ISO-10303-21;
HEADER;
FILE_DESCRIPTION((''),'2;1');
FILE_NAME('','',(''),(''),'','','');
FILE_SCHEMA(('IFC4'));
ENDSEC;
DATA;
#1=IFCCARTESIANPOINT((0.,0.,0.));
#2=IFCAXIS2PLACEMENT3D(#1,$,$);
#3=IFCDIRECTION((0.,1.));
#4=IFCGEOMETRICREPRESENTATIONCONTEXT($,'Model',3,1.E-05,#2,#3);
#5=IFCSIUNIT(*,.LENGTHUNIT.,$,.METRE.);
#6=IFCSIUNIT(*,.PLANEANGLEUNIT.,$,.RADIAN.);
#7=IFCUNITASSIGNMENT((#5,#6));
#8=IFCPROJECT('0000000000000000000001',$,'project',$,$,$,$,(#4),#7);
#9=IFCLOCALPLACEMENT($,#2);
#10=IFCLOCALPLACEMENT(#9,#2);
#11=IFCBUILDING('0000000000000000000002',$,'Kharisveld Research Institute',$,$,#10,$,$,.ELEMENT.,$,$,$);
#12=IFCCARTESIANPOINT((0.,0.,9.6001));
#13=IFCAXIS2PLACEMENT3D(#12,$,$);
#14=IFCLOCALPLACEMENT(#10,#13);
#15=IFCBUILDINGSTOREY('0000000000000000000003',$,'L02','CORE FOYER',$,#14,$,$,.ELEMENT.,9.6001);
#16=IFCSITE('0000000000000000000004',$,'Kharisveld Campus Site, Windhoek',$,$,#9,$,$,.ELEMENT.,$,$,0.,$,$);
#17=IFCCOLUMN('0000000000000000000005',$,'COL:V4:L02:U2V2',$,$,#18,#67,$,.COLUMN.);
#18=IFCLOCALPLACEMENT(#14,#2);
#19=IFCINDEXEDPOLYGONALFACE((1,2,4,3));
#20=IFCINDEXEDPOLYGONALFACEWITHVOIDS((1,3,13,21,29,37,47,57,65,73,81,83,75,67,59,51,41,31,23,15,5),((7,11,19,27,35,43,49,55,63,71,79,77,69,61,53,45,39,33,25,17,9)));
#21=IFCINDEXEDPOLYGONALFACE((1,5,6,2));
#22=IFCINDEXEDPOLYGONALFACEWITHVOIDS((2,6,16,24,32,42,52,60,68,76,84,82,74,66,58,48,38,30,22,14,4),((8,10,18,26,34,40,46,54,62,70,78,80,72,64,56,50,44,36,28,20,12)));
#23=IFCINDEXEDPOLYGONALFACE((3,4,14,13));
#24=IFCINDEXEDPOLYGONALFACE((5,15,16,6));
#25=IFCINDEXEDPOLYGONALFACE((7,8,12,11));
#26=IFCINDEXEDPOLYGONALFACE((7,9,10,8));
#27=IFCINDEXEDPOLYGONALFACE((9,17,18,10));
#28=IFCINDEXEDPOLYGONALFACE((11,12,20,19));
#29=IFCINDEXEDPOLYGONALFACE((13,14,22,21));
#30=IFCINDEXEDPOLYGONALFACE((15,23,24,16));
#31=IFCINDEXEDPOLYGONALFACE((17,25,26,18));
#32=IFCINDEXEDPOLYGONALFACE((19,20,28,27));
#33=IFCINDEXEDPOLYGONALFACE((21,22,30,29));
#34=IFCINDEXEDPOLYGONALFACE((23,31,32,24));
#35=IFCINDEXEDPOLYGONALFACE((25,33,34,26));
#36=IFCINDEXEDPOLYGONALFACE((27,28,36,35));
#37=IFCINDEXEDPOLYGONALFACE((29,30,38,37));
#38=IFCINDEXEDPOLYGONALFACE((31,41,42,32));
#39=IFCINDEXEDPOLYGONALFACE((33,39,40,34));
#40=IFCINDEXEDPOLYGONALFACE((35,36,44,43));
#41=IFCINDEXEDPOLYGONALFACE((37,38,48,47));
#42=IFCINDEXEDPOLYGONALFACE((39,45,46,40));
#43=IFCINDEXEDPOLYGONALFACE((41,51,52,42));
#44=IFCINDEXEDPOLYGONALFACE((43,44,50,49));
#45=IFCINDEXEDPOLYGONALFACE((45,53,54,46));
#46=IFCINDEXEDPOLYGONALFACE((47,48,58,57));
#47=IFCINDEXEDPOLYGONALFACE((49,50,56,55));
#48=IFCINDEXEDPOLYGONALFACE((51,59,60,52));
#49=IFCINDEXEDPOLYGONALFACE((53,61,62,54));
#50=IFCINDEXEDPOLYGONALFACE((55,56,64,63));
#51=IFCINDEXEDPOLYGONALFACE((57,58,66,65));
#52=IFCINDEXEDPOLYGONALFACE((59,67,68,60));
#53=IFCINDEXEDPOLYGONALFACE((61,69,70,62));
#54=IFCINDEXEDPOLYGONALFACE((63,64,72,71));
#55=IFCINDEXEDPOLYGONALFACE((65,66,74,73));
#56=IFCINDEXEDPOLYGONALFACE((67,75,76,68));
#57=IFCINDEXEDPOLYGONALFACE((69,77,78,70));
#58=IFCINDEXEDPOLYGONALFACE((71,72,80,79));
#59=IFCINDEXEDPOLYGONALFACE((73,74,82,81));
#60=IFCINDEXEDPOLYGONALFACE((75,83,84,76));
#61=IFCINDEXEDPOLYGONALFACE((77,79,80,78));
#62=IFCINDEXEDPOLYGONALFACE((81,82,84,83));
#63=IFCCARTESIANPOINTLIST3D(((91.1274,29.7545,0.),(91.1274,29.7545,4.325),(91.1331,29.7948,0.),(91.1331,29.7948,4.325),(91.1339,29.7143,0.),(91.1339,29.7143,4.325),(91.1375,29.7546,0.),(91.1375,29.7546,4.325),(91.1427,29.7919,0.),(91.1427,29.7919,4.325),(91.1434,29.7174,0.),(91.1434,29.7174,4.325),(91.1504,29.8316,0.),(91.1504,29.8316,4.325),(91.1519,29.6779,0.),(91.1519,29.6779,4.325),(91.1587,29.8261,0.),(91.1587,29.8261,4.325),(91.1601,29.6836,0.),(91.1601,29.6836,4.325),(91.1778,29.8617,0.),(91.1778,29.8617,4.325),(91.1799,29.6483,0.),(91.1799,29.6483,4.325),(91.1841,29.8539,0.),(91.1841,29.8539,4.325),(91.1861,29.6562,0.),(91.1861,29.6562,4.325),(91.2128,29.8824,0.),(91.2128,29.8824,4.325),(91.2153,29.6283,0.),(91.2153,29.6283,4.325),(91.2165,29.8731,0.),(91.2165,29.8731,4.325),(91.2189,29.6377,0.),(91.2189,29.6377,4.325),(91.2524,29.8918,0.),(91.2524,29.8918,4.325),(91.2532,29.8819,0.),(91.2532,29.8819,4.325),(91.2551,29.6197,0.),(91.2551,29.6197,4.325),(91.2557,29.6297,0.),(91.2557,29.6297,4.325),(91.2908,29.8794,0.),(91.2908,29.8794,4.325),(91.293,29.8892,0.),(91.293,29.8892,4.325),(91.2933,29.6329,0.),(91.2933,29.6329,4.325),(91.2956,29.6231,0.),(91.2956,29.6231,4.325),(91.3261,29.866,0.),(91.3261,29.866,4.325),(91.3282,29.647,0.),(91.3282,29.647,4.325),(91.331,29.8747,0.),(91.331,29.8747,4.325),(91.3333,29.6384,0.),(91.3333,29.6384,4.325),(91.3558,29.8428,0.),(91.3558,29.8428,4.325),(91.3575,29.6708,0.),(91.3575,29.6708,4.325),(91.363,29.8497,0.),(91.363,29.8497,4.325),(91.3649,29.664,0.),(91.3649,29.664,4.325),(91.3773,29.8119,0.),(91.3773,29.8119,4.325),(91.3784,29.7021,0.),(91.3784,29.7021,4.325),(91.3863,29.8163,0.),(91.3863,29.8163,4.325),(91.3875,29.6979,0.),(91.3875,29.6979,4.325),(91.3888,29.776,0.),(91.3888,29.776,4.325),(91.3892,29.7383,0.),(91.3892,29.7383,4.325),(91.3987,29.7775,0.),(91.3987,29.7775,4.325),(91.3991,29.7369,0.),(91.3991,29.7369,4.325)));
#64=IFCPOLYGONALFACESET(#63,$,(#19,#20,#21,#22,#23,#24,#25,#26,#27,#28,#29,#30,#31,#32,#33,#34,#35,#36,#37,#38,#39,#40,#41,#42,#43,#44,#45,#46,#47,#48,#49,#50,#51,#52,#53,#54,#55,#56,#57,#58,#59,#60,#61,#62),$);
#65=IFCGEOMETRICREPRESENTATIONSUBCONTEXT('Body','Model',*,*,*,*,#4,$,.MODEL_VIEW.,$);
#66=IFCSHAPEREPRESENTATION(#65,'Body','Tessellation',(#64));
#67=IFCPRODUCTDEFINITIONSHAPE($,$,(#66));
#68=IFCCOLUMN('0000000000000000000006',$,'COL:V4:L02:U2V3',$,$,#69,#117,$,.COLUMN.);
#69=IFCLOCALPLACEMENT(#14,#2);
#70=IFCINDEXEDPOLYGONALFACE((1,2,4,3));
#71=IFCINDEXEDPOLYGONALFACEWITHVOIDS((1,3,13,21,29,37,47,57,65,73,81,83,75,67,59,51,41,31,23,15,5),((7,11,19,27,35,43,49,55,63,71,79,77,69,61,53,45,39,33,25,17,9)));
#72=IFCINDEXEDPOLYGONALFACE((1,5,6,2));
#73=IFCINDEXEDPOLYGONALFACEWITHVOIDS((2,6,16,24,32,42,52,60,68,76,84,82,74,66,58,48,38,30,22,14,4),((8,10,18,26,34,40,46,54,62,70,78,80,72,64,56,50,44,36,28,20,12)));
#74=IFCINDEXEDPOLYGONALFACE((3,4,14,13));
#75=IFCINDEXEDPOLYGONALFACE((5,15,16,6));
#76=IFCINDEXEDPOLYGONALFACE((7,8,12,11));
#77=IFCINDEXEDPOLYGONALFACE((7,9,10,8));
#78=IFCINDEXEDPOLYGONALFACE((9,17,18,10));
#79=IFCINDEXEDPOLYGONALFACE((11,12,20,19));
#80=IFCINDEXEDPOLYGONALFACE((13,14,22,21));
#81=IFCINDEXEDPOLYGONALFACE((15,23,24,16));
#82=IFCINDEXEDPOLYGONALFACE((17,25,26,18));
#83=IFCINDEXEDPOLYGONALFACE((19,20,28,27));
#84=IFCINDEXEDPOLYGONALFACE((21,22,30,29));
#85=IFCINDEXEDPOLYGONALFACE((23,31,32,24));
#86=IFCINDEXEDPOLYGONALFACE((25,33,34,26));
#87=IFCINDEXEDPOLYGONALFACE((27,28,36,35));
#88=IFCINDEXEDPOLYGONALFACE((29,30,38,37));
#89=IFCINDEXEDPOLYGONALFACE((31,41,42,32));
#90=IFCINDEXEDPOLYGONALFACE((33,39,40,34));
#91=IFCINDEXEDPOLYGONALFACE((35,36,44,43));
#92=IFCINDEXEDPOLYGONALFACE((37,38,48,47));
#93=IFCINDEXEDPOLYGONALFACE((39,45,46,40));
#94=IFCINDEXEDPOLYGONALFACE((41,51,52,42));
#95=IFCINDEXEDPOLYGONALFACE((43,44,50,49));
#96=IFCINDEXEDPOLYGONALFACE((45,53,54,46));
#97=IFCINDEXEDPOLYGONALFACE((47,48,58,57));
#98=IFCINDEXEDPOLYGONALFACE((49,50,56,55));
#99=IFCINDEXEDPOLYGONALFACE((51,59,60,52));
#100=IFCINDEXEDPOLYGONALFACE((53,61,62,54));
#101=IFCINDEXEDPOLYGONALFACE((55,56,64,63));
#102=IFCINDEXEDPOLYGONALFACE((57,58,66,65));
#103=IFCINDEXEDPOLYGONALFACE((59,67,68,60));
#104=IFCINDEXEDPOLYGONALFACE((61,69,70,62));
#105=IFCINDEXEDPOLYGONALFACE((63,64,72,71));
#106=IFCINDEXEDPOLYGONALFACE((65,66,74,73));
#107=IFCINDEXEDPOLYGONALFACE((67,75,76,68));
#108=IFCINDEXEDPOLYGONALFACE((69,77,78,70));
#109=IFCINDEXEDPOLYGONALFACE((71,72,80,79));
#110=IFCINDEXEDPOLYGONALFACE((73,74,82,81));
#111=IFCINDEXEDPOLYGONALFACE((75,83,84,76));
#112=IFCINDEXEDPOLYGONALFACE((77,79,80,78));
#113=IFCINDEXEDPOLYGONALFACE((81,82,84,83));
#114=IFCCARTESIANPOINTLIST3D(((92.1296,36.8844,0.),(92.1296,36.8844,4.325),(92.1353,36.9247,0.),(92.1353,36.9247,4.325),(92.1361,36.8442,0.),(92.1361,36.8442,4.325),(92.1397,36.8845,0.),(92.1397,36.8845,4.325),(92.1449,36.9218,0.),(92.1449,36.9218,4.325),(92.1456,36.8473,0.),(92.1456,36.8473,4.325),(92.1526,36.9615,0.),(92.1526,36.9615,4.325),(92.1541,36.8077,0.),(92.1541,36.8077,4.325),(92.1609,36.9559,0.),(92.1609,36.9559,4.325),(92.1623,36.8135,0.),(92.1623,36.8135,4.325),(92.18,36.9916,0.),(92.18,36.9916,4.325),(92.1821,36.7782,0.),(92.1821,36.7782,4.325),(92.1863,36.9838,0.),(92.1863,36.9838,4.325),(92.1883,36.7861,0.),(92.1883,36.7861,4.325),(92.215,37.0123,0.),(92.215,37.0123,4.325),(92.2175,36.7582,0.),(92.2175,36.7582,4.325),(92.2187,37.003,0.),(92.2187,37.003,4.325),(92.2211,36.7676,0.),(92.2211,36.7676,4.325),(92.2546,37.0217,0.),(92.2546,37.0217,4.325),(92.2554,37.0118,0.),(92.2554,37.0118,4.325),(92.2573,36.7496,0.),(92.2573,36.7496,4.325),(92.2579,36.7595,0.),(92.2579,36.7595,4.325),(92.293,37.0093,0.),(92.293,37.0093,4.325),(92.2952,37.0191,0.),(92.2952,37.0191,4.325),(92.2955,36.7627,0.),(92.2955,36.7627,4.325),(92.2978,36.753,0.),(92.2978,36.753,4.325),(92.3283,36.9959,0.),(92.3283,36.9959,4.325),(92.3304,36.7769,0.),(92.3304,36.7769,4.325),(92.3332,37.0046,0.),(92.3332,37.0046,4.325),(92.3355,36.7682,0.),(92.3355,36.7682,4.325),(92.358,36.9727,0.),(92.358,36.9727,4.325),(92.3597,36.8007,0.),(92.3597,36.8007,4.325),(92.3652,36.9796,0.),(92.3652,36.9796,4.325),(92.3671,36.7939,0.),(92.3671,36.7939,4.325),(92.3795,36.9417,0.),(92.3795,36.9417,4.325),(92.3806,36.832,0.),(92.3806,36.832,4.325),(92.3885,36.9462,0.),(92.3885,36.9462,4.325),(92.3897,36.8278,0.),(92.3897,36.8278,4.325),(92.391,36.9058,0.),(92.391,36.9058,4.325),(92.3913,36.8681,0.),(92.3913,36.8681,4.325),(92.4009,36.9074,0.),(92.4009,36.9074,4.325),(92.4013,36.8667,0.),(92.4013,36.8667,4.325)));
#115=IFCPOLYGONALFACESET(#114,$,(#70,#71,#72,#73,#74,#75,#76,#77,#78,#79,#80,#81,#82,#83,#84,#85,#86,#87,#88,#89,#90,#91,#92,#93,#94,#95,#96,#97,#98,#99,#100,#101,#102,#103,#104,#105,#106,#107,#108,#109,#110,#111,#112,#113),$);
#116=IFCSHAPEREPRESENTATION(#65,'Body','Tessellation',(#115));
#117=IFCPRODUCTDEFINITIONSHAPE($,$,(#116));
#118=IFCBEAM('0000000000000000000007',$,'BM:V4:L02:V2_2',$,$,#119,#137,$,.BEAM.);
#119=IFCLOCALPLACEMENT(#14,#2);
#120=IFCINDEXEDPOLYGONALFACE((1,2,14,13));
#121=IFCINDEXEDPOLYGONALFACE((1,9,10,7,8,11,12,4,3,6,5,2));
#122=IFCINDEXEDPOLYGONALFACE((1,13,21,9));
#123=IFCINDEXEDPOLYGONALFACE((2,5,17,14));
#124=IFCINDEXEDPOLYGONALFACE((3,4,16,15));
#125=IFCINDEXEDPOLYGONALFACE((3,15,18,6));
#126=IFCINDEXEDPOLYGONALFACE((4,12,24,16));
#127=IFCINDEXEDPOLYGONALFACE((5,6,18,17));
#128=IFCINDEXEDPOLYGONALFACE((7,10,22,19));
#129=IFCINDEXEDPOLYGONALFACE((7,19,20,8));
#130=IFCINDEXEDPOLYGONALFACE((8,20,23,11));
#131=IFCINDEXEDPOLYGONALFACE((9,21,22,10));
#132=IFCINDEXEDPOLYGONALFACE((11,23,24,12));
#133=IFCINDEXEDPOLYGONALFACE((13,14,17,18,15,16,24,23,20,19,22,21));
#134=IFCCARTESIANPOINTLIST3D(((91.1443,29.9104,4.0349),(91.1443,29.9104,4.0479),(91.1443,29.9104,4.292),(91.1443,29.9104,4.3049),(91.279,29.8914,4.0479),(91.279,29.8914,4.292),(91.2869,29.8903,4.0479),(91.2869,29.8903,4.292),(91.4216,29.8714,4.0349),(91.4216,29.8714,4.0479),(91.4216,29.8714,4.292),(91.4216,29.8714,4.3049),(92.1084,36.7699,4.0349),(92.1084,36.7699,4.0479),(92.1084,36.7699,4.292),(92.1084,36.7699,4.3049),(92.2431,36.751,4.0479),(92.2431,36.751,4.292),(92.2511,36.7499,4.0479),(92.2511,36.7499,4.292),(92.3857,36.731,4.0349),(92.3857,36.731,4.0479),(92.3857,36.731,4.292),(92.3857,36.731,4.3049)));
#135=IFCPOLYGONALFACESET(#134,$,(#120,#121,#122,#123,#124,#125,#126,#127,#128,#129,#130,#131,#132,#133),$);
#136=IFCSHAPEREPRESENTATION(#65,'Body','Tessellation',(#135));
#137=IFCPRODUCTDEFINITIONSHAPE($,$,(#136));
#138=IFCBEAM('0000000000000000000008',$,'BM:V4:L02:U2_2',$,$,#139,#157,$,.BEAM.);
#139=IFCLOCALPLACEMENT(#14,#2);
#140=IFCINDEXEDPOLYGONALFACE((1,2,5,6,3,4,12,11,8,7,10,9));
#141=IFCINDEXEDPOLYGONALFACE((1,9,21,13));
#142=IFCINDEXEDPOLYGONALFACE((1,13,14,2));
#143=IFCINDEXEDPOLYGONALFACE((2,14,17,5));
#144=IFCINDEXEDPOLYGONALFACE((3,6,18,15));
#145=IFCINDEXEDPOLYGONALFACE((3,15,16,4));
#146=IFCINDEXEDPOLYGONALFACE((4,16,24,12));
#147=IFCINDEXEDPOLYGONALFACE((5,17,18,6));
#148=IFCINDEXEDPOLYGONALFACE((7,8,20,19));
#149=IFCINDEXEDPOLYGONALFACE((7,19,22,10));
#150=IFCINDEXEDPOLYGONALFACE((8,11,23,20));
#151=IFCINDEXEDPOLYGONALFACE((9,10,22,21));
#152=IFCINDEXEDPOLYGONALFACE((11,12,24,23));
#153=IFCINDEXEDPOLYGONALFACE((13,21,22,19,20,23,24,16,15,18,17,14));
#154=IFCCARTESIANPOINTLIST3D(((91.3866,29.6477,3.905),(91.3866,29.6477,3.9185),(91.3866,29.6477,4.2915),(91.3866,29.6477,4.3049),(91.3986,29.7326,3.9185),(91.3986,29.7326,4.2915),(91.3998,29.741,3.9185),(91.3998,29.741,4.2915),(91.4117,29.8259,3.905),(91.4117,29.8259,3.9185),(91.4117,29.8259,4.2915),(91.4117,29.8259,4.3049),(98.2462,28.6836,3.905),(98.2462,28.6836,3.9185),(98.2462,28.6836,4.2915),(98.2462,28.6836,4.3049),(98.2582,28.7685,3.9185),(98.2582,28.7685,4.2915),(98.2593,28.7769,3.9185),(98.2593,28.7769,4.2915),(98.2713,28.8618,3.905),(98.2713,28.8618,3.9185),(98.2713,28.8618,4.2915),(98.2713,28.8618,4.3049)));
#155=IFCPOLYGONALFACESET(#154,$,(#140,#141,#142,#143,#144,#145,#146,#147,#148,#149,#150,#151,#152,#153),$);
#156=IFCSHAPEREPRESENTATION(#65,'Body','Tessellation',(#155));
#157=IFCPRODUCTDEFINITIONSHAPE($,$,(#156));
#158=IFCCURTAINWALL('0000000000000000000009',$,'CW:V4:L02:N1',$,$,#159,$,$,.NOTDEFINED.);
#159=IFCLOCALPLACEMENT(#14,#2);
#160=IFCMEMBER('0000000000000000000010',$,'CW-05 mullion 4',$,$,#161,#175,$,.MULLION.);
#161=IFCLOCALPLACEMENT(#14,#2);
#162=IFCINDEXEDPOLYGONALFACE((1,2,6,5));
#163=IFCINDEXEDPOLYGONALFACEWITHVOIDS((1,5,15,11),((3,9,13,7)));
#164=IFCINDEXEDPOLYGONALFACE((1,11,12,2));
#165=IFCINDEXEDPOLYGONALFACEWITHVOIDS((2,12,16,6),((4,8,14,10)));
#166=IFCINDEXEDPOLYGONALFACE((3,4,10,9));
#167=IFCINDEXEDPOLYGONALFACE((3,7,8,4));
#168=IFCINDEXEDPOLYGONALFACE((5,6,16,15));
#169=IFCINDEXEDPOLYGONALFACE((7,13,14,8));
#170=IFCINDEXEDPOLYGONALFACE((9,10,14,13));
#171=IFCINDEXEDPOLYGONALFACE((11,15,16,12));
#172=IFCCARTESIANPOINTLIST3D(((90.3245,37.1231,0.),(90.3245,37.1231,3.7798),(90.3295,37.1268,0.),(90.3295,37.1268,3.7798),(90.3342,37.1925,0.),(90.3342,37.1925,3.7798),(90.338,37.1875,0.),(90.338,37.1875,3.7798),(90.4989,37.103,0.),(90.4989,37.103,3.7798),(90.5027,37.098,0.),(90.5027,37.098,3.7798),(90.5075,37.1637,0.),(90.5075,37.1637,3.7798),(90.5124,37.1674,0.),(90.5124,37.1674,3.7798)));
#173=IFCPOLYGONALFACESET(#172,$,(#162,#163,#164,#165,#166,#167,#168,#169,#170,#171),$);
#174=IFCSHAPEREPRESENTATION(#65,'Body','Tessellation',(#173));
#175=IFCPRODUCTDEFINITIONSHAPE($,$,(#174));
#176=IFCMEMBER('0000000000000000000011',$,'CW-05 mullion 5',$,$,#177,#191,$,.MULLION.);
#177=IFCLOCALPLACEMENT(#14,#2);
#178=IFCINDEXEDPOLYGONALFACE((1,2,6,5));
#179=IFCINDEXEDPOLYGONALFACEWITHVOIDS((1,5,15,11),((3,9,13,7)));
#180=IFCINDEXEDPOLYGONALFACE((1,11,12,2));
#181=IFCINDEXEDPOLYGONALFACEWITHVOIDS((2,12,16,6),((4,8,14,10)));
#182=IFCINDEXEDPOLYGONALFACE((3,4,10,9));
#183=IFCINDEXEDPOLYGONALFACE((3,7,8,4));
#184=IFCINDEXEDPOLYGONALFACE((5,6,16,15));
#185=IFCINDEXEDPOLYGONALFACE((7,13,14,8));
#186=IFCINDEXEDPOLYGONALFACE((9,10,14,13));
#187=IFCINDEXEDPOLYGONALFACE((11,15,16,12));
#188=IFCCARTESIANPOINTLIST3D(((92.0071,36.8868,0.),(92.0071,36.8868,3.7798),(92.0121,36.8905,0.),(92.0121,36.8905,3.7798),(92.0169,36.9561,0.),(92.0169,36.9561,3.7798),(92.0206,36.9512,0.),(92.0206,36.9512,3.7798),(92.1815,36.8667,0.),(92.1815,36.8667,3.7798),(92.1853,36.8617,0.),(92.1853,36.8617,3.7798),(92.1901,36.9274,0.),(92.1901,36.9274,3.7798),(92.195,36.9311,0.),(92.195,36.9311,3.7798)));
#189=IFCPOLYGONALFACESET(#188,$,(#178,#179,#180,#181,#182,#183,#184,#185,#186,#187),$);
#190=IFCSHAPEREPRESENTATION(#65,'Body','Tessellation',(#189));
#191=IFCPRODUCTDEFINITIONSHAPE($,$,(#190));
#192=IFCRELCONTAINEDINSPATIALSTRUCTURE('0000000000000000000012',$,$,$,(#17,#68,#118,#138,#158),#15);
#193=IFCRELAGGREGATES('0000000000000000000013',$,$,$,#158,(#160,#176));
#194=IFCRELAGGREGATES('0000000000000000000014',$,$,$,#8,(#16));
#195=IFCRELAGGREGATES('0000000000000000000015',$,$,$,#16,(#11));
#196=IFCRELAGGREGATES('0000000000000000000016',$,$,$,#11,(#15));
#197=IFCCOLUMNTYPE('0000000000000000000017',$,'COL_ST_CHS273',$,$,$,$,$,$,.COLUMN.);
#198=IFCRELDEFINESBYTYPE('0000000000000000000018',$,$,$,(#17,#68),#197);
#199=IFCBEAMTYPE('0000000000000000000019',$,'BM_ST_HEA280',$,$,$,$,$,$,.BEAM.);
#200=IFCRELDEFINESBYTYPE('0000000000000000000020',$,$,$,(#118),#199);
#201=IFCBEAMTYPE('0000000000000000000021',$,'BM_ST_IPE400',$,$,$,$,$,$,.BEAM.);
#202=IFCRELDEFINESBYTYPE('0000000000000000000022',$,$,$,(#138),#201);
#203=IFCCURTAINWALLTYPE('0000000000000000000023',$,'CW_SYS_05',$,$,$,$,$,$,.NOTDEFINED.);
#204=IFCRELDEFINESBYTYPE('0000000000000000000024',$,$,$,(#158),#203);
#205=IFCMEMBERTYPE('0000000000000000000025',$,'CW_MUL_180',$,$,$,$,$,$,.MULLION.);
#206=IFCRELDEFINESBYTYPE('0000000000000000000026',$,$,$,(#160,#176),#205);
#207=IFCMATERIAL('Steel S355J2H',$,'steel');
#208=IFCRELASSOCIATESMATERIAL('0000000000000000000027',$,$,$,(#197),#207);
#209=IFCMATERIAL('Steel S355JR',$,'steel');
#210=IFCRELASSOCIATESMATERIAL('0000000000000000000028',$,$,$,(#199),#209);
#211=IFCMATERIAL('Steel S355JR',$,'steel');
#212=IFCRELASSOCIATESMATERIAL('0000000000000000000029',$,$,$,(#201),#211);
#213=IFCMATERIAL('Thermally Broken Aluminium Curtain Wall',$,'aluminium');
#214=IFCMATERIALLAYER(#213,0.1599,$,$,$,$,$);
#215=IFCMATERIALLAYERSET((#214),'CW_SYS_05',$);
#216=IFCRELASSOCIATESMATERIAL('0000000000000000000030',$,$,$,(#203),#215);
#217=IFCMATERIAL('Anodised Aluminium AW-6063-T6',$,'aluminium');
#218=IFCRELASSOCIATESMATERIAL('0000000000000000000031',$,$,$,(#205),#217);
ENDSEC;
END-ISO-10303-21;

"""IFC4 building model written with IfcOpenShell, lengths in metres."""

from ifc_helpers import new_model, si_unit, direction, frame, origin, origin_2d, place, context, subcontext, project, spatial, hollow_rectangle, hollow_circle, i_section, extrude, material, layer, layer_set, material_profile, profile_set, type_object, element, aggregate, save


model = new_model("IFC4")

# Units and contexts
model_context = context("Model", 3, precision=1e-05, world=origin(), true_north=direction((0.0, 1.0)))
body_context = subcontext(model_context, "Body", "Model", "MODEL_VIEW")
ifc_project = project(units=[si_unit("LENGTHUNIT", "METRE"), si_unit("PLANEANGLEUNIT", "RADIAN")], contexts=[model_context])

# Site, building, storey
site_placement = place(None, origin())
site = spatial("IfcSite", under=ifc_project, at=site_placement, Name="Kharisveld Campus Site, Windhoek", CompositionType="ELEMENT", RefElevation=0.0)
building_placement = place(site_placement, origin())
building = spatial("IfcBuilding", under=site, at=building_placement, Name="Kharisveld Research Institute", CompositionType="ELEMENT")
storey_placement = place(building_placement, frame((0.0, 0.0, 9.6001)))
storey = spatial("IfcBuildingStorey", under=building, at=storey_placement, Name="L02", Description="CORE FOYER", CompositionType="ELEMENT", Elevation=9.6001)

# Columns
ifc_material_1 = material(Name="Steel S355J2H", Category="steel")
ifc_material_profile_1 = material_profile(ifc_material_1, hollow_circle(Radius=0.1365, WallThickness=0.01, at=origin_2d()))
ifc_profile_set_1 = profile_set([ifc_material_profile_1], Name="Steel S355J2H")
column_type = type_object("IfcColumnType", Name="COL_ST_CHS273", PredefinedType="COLUMN", material=ifc_profile_set_1)
for number, where, z_axis, x_axis, name in (
    (1, (91.2639, 29.7559, 0.0), (0.0, 0.0, 1.0), (0.990268, -0.139173, 0.0), "COL:V4:L02:U2V2"),
    (2, (92.2661, 36.8857, 0.0), (0.0, 0.0, 1.0), (0.990268, -0.139173, 0.0), "COL:V4:L02:U2V3"),
):
    element("IfcColumn", number, at=place(storey_placement, frame(where, z_axis=z_axis, x_axis=x_axis)), inside=storey, type_object=column_type, Name=name, PredefinedType="COLUMN", context=body_context, shape_type="SweptSolid", body=[
        extrude(hollow_circle(Radius=0.1365, WallThickness=0.01, at=origin_2d()), origin(), (0.0, 0.0, 1.0), 4.325),
    ])

# Beams
ifc_material_2 = material(Name="Steel S355JR", Category="steel")
ifc_material_profile_2 = material_profile(ifc_material_2, i_section(OverallWidth=0.28, OverallDepth=0.27, WebThickness=0.0081, FlangeThickness=0.0129, at=origin_2d()))
ifc_profile_set_2 = profile_set([ifc_material_profile_2], Name="Steel S355JR")
beam_type_1 = type_object("IfcBeamType", Name="BM_ST_HEA280", PredefinedType="BEAM", material=ifc_profile_set_2)
beam_1_placement = place(storey_placement, frame((91.283, 29.8909, 4.1699), z_axis=(0.139181, 0.990267, 0.0), x_axis=(-0.990267, 0.139181, 0.0)))
element("IfcBeam", 3, at=beam_1_placement, inside=storey, type_object=beam_type_1, Name="BM:V4:L02:V2_2", PredefinedType="BEAM", context=body_context, shape_type="SweptSolid", body=[
    extrude(i_section(OverallWidth=0.28, OverallDepth=0.27, WebThickness=0.0081, FlangeThickness=0.0129, at=origin_2d()), origin(), (0.0, 0.0, 1.0), 6.927),
])
ifc_material_3 = material(Name="Steel S355JR", Category="steel")
ifc_material_profile_3 = material_profile(ifc_material_3, i_section(OverallWidth=0.1799, OverallDepth=0.3999, WebThickness=0.0085, FlangeThickness=0.0134, at=origin_2d()))
ifc_profile_set_3 = profile_set([ifc_material_profile_3], Name="Steel S355JR")
beam_type_2 = type_object("IfcBeamType", Name="BM_ST_IPE400", PredefinedType="BEAM", material=ifc_profile_set_3)
beam_2_placement = place(storey_placement, frame((91.3992, 29.7368, 4.105), z_axis=(0.990267, -0.139181, 0.0), x_axis=(0.139181, 0.990267, 0.0)))
element("IfcBeam", 4, at=beam_2_placement, inside=storey, type_object=beam_type_2, Name="BM:V4:L02:U2_2", PredefinedType="BEAM", context=body_context, shape_type="SweptSolid", body=[
    extrude(i_section(OverallWidth=0.1799, OverallDepth=0.3999, WebThickness=0.0085, FlangeThickness=0.0134, at=origin_2d()), origin(), (0.0, 0.0, 1.0), 6.927),
])

# Curtain wall, members
ifc_material_4 = material(Name="Thermally Broken Aluminium Curtain Wall", Category="aluminium")
ifc_layer_1 = layer(ifc_material_4, 0.1599)
ifc_layer_set_1 = layer_set([ifc_layer_1], Name="CW_SYS_05")
curtain_wall_type_1 = type_object("IfcCurtainWallType", Name="CW_SYS_05", PredefinedType="NOTDEFINED", material=ifc_layer_set_1)
curtain_wall_1_placement = place(storey_placement, origin())
curtain_wall_1 = element("IfcCurtainWall", 5, at=curtain_wall_1_placement, inside=storey, type_object=curtain_wall_type_1, Name="CW:V4:L02:N1", PredefinedType="NOTDEFINED")
ifc_material_5 = material(Name="Anodised Aluminium AW-6063-T6", Category="aluminium")
ifc_material_profile_4 = material_profile(ifc_material_5, hollow_rectangle(XDim=0.0701, YDim=0.1799, WallThickness=0.0044, at=origin_2d()))
ifc_profile_set_4 = profile_set([ifc_material_profile_4], Name="Anodised Aluminium AW-6063-T6")
member_type_1 = type_object("IfcMemberType", Name="CW_MUL_180", PredefinedType="MULLION", material=ifc_profile_set_4)
member_1_placement = place(storey_placement, frame((90.4185, 37.1453, 0.0), z_axis=(0.0, 0.0, 1.0), x_axis=(0.139173, 0.990268, 0.0)))
member_1 = element("IfcMember", 6, at=member_1_placement, type_object=member_type_1, Name="CW-05 mullion 4", PredefinedType="MULLION", context=body_context, shape_type="SweptSolid", body=[
    extrude(hollow_rectangle(XDim=0.0701, YDim=0.1799, WallThickness=0.0044, at=origin_2d()), origin(), (0.0, 0.0, 1.0), 3.7798),
])
member_2_placement = place(storey_placement, frame((92.1011, 36.9089, 0.0), z_axis=(0.0, 0.0, 1.0), x_axis=(0.139173, 0.990268, 0.0)))
member_2 = element("IfcMember", 7, at=member_2_placement, type_object=member_type_1, Name="CW-05 mullion 5", PredefinedType="MULLION", context=body_context, shape_type="SweptSolid", body=[
    extrude(hollow_rectangle(XDim=0.0701, YDim=0.1799, WallThickness=0.0044, at=origin_2d()), origin(), (0.0, 0.0, 1.0), 3.7798),
])

aggregate(curtain_wall_1, [member_1, member_2])

save(model, "model.ifc")
